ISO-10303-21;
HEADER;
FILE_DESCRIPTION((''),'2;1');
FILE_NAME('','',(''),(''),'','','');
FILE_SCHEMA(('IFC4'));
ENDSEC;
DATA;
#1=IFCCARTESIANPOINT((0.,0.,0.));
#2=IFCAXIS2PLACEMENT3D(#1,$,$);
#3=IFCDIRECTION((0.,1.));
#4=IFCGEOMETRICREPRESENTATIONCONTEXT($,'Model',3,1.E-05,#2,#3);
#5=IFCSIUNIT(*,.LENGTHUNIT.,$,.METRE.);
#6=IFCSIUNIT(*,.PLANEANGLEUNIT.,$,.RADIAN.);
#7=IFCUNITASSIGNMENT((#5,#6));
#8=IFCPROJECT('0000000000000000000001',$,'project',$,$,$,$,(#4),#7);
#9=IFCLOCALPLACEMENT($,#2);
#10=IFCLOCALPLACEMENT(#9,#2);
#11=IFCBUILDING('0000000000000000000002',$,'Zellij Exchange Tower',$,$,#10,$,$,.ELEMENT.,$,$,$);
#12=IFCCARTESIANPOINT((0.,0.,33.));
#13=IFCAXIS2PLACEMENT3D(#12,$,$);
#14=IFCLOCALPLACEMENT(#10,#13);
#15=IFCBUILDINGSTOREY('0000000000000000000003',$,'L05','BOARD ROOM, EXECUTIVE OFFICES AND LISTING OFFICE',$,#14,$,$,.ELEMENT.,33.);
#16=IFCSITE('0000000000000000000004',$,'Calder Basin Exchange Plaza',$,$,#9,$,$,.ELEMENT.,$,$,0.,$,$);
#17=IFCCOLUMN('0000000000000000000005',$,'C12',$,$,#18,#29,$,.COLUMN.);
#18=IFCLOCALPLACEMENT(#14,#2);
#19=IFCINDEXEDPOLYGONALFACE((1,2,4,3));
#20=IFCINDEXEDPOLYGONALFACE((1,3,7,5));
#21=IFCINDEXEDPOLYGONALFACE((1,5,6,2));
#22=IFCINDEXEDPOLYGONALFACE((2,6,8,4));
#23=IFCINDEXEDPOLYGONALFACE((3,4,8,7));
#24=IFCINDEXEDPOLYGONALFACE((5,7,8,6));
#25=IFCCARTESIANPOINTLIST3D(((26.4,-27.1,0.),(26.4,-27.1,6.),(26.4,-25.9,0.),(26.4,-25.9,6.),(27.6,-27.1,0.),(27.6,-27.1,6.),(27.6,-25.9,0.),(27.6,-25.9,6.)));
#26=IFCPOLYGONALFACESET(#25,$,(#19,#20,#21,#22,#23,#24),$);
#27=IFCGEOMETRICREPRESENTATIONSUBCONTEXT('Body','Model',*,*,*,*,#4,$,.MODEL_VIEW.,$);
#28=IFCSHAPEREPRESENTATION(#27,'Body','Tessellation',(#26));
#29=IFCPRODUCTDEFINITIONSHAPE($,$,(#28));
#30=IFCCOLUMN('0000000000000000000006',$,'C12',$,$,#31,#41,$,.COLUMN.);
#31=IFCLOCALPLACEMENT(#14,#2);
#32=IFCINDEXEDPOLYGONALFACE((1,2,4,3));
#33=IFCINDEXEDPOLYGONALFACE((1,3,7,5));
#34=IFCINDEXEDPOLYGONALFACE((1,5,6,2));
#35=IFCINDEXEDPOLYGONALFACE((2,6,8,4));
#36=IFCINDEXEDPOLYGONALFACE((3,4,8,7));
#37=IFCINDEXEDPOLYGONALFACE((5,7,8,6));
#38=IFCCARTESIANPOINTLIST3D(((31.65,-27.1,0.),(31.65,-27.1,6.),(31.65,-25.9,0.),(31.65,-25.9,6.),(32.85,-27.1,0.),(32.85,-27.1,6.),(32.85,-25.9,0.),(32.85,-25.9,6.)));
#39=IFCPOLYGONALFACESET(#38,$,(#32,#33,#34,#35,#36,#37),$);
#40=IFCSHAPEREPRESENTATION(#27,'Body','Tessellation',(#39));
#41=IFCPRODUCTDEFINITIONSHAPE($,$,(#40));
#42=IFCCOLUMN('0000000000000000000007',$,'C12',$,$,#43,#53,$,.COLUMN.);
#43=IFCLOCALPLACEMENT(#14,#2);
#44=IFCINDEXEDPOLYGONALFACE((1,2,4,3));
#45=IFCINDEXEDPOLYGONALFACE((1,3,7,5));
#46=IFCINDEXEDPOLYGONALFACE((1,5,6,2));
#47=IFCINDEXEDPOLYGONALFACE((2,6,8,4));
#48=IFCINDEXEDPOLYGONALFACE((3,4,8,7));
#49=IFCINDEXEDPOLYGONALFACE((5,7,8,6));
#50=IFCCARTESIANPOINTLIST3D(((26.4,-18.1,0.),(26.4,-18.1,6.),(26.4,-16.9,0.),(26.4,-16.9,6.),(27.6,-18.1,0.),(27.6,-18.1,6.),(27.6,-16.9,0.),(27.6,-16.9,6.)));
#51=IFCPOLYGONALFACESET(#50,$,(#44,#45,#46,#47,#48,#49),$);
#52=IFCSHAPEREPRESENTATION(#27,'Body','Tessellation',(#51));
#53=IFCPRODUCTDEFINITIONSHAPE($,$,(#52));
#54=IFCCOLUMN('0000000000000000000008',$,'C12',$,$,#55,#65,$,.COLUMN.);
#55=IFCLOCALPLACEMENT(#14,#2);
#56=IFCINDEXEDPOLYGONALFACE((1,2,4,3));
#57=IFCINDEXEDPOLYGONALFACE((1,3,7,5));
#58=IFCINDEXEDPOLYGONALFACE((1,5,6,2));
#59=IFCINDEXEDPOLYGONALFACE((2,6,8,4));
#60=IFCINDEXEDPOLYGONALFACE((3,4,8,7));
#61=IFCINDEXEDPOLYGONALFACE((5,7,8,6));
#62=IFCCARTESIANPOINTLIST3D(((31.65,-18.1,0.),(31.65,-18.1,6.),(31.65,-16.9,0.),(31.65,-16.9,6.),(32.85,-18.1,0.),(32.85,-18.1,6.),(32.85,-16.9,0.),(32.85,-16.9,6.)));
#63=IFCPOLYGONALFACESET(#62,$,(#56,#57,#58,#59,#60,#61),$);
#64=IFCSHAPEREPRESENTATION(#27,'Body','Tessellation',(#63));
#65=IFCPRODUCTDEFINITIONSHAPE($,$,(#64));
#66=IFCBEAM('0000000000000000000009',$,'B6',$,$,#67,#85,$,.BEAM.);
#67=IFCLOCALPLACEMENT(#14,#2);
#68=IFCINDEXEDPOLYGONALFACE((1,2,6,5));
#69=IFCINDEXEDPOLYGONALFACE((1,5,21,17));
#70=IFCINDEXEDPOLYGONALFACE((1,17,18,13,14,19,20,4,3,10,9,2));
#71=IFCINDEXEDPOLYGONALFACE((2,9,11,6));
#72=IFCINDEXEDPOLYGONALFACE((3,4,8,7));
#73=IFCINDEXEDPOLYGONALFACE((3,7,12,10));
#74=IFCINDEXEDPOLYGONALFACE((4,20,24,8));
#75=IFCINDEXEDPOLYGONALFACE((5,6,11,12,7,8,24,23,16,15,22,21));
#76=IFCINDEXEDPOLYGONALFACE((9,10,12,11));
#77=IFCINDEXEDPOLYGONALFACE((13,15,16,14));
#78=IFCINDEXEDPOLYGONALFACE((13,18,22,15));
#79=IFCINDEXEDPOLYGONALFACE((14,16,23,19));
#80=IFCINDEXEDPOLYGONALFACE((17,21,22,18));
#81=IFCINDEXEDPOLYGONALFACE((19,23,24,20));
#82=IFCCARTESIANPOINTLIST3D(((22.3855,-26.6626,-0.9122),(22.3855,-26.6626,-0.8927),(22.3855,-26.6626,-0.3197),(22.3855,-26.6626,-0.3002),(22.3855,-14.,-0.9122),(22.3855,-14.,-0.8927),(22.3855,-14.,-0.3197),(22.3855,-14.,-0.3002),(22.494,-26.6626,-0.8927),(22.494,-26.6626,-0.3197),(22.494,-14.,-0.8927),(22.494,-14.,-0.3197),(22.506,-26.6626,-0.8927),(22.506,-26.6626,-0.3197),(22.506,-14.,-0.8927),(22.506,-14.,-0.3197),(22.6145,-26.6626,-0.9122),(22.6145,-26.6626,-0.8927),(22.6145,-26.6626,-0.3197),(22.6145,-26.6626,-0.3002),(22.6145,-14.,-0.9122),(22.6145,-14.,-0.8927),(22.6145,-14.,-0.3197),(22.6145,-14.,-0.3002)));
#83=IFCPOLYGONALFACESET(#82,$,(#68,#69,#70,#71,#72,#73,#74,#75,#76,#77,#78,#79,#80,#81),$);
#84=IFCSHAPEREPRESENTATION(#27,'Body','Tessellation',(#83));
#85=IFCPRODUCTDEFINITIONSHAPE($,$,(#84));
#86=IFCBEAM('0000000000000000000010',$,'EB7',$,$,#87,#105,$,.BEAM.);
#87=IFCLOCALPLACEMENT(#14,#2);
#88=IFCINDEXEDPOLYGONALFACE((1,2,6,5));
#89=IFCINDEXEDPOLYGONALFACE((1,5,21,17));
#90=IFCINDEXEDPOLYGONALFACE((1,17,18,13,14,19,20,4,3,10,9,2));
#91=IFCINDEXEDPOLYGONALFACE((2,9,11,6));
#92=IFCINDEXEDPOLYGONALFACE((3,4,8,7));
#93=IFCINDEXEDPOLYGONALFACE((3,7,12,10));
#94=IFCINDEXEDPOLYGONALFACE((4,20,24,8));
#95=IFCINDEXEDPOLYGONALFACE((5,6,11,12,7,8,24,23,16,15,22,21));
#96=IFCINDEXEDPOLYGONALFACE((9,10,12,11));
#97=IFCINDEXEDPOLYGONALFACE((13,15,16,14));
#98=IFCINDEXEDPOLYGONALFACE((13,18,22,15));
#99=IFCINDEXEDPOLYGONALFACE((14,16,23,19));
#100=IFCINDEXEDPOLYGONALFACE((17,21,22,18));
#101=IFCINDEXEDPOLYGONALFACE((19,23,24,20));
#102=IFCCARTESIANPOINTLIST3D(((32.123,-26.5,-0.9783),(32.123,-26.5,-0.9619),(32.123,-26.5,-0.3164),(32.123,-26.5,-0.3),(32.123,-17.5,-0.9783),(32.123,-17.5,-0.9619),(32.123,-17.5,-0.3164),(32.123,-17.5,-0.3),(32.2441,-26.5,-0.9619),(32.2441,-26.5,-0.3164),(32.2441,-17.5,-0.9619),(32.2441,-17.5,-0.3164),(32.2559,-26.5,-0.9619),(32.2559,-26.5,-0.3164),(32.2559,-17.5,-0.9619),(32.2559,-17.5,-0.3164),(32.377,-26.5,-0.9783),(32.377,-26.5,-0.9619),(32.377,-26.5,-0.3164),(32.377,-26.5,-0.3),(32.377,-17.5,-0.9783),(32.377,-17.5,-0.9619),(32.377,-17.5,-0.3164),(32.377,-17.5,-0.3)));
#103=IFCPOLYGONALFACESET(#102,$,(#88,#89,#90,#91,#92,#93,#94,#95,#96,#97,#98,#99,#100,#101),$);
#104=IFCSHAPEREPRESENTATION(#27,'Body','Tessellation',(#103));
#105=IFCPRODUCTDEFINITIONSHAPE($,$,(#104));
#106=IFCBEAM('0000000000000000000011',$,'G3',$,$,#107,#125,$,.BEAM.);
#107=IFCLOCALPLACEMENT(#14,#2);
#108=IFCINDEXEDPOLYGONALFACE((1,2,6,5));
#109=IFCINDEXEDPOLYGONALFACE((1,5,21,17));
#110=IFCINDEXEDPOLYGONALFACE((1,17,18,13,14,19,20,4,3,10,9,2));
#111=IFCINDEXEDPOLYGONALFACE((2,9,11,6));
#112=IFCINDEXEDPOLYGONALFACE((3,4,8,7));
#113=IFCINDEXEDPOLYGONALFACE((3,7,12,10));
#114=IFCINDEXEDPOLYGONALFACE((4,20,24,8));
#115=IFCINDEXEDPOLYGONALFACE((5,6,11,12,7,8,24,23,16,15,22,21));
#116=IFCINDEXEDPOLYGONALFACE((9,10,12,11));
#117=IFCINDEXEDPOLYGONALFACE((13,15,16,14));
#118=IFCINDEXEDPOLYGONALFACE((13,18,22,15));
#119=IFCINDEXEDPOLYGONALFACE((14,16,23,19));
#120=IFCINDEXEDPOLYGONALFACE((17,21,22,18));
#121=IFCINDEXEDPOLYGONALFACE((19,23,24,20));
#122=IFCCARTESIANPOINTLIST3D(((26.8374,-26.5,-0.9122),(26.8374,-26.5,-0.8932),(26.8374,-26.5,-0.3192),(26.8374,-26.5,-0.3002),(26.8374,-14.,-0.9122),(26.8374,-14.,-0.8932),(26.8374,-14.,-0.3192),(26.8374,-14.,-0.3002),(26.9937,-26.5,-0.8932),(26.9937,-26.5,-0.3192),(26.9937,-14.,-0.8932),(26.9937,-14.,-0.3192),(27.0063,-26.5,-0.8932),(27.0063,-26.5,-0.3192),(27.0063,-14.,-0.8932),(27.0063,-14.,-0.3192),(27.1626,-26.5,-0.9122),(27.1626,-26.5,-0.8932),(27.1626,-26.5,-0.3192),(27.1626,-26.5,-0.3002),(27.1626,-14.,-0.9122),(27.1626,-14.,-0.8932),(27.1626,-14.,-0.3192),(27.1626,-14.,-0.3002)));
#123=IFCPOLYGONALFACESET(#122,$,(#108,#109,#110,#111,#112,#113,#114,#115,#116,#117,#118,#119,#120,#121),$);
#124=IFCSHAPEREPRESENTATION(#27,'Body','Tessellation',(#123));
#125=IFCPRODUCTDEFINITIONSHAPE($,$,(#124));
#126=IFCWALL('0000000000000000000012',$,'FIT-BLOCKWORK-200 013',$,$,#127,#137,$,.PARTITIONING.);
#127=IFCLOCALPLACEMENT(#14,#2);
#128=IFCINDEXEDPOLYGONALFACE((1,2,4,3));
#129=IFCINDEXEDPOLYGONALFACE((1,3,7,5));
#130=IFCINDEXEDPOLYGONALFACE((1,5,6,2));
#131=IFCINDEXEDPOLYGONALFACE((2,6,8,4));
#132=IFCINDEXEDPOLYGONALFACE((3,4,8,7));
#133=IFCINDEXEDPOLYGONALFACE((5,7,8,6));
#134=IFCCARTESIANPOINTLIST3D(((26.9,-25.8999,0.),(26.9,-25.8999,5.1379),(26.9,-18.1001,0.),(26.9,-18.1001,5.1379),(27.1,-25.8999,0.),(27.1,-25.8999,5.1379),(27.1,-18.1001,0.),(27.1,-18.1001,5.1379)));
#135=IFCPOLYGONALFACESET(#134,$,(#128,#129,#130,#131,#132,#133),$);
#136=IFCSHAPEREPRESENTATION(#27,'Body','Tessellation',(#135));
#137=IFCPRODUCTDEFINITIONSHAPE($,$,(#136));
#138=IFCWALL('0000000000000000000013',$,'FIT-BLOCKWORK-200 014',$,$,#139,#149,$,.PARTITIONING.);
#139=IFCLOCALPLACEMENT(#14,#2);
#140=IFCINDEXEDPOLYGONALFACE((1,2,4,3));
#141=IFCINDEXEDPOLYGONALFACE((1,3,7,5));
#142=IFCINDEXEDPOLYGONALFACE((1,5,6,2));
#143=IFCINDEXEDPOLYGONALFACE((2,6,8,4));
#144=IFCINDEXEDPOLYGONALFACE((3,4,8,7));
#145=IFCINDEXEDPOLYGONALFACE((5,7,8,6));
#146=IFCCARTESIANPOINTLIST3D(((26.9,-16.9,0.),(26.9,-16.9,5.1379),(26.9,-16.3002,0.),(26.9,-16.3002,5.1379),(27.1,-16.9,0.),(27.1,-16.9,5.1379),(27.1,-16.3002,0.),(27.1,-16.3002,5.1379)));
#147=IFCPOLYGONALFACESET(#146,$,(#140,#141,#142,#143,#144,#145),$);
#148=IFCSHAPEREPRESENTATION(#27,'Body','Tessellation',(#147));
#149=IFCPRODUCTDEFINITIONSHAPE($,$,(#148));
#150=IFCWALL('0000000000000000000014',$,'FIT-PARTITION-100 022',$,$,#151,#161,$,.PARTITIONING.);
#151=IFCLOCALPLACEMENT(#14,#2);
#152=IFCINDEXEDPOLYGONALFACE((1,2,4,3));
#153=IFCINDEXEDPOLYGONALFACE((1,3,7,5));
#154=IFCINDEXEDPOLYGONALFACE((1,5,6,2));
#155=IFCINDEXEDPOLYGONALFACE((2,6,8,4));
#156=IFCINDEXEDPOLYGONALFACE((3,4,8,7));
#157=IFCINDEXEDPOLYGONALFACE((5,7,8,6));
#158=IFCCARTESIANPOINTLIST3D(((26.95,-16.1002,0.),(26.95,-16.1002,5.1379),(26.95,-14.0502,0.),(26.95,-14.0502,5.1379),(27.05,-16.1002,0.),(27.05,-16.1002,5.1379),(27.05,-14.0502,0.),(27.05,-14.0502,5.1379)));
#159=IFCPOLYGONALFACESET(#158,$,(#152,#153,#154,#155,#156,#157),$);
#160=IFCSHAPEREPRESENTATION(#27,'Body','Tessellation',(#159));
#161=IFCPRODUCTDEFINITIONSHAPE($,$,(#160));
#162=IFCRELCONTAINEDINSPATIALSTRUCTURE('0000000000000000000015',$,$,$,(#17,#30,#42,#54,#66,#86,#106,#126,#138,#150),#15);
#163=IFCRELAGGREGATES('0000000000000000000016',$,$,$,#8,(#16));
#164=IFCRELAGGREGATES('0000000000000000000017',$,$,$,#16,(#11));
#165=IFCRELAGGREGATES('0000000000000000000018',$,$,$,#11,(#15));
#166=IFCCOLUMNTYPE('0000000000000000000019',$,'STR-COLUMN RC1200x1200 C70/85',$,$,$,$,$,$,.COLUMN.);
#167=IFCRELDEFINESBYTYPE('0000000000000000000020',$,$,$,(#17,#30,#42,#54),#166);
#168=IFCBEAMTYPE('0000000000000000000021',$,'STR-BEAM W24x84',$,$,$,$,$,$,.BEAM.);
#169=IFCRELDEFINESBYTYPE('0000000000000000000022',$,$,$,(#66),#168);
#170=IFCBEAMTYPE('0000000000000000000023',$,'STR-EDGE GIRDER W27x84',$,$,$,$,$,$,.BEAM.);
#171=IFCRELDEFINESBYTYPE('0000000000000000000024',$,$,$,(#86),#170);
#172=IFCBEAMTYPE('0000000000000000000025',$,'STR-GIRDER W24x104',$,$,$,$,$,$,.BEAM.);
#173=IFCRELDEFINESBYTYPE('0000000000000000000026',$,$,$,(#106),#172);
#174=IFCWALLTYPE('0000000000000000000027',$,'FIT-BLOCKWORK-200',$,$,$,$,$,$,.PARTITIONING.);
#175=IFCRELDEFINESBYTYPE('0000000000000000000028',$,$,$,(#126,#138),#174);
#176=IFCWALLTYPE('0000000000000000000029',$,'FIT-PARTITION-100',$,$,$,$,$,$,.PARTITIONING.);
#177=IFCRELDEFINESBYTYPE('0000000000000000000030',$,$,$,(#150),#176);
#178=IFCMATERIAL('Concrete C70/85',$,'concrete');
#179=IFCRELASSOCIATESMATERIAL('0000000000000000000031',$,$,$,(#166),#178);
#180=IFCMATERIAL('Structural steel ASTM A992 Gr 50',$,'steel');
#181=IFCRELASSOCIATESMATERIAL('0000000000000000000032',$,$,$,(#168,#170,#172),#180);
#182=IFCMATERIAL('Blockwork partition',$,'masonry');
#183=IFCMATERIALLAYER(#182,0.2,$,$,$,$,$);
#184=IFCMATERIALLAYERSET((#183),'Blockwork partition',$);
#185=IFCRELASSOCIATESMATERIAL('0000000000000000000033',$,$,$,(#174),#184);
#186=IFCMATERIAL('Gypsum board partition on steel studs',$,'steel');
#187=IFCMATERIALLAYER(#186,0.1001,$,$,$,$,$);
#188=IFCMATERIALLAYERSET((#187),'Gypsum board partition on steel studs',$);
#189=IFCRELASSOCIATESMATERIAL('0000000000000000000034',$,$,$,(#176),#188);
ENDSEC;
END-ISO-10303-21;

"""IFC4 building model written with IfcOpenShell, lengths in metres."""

from ifc_helpers import new_model, si_unit, direction, frame, frame_2d, origin, origin_2d, place, context, subcontext, project, spatial, rectangle, i_section, extrude, material, layer, layer_set, material_profile, profile_set, type_object, element, save


model = new_model("IFC4")

# Units and contexts
model_context = context("Model", 3, precision=1e-05, world=origin(), true_north=direction((0.0, 1.0)))
body_context = subcontext(model_context, "Body", "Model", "MODEL_VIEW")
ifc_project = project(units=[si_unit("LENGTHUNIT", "METRE"), si_unit("PLANEANGLEUNIT", "RADIAN")], contexts=[model_context])

# Site, building, storey
site_placement = place(None, origin())
site = spatial("IfcSite", under=ifc_project, at=site_placement, Name="Calder Basin Exchange Plaza", CompositionType="ELEMENT", RefElevation=0.0)
building_placement = place(site_placement, origin())
building = spatial("IfcBuilding", under=site, at=building_placement, Name="Zellij Exchange Tower", CompositionType="ELEMENT")
storey_placement = place(building_placement, frame((0.0, 0.0, 33.0)))
storey = spatial("IfcBuildingStorey", under=building, at=storey_placement, Name="L05", Description="BOARD ROOM, EXECUTIVE OFFICES AND LISTING OFFICE", CompositionType="ELEMENT", Elevation=33.0)

# Columns
ifc_material_1 = material(Name="Concrete C70/85", Category="concrete")
ifc_material_profile_1 = material_profile(ifc_material_1, rectangle(XDim=1.2, YDim=1.2, at=origin_2d()), Name="STR-COLUMN RC1200x1200 C70/85")
ifc_profile_set_1 = profile_set([ifc_material_profile_1], Name="Concrete C70/85")
column_type = type_object("IfcColumnType", Name="STR-COLUMN RC1200x1200 C70/85", PredefinedType="COLUMN", material=ifc_profile_set_1)
for number, where, z_axis, x_axis, name in (
    (1, (27.0, -26.5, 0.0), (0.0, 0.0, 1.0), (1.0, 0.0, 0.0), "C12"),
    (2, (32.25, -26.5, 0.0), (0.0, 0.0, 1.0), (1.0, 0.0, 0.0), "C12"),
    (3, (27.0, -17.5, 0.0), (0.0, 0.0, 1.0), (1.0, 0.0, 0.0), "C12"),
    (4, (32.25, -17.5, 0.0), (0.0, 0.0, 1.0), (1.0, 0.0, 0.0), "C12"),
):
    element("IfcColumn", number, at=place(storey_placement, frame(where, z_axis=z_axis, x_axis=x_axis)), inside=storey, type_object=column_type, Name=name, PredefinedType="COLUMN", context=body_context, shape_type="SweptSolid", body=[
        extrude(rectangle(XDim=1.2, YDim=1.2, at=origin_2d()), origin(), (0.0, 0.0, 1.0), 6.0),
    ])

# Beams
ifc_material_2 = material(Name="Structural steel ASTM A992 Gr 50", Category="steel")
ifc_material_profile_2 = material_profile(ifc_material_2, i_section(OverallWidth=0.229, OverallDepth=0.6121, WebThickness=0.012, FlangeThickness=0.0195, at=origin_2d()), Name="W24x84")
ifc_profile_set_2 = profile_set([ifc_material_profile_2], Name="Structural steel ASTM A992 Gr 50")
beam_type_1 = type_object("IfcBeamType", Name="STR-BEAM W24x84", PredefinedType="BEAM", material=ifc_profile_set_2)
beam_1_placement = place(storey_placement, frame((22.5, -26.6626, -0.6062), z_axis=(0.0, 1.0, 0.0), x_axis=(-1.0, 0.0, 0.0)))
element("IfcBeam", 5, at=beam_1_placement, inside=storey, type_object=beam_type_1, Name="B6", PredefinedType="BEAM", context=body_context, shape_type="SweptSolid", body=[
    extrude(i_section(OverallWidth=0.229, OverallDepth=0.6121, WebThickness=0.012, FlangeThickness=0.0195, at=origin_2d()), origin(), (0.0, 0.0, 1.0), 12.6626),
])
ifc_material_profile_3 = material_profile(ifc_material_2, i_section(OverallWidth=0.2539, OverallDepth=0.6782, WebThickness=0.0117, FlangeThickness=0.0164, at=origin_2d()), Name="W27x84")
ifc_profile_set_3 = profile_set([ifc_material_profile_3], Name="Structural steel ASTM A992 Gr 50")
beam_type_2 = type_object("IfcBeamType", Name="STR-EDGE GIRDER W27x84", PredefinedType="BEAM", material=ifc_profile_set_3)
beam_2_placement = place(storey_placement, frame((32.25, -26.5, -0.6392), z_axis=(0.0, 1.0, 0.0), x_axis=(-1.0, 0.0, 0.0)))
element("IfcBeam", 6, at=beam_2_placement, inside=storey, type_object=beam_type_2, Name="EB7", PredefinedType="BEAM", context=body_context, shape_type="SweptSolid", body=[
    extrude(i_section(OverallWidth=0.2539, OverallDepth=0.6782, WebThickness=0.0117, FlangeThickness=0.0164, at=origin_2d()), origin(), (0.0, 0.0, 1.0), 9.0),
])
ifc_material_profile_4 = material_profile(ifc_material_2, i_section(OverallWidth=0.3252, OverallDepth=0.6121, WebThickness=0.0127, FlangeThickness=0.019, at=origin_2d()), Name="W24x104")
ifc_profile_set_4 = profile_set([ifc_material_profile_4], Name="Structural steel ASTM A992 Gr 50")
beam_type_3 = type_object("IfcBeamType", Name="STR-GIRDER W24x104", PredefinedType="BEAM", material=ifc_profile_set_4)
beam_3_placement = place(storey_placement, frame((27.0, -26.5, -0.6062), z_axis=(0.0, 1.0, 0.0), x_axis=(-1.0, 0.0, 0.0)))
element("IfcBeam", 7, at=beam_3_placement, inside=storey, type_object=beam_type_3, Name="G3", PredefinedType="BEAM", context=body_context, shape_type="SweptSolid", body=[
    extrude(i_section(OverallWidth=0.3252, OverallDepth=0.6121, WebThickness=0.0127, FlangeThickness=0.019, at=origin_2d()), origin(), (0.0, 0.0, 1.0), 12.5),
])

# Walls
ifc_material_3 = material(Name="Blockwork partition", Category="masonry")
ifc_layer_1 = layer(ifc_material_3, 0.2)
ifc_layer_set_1 = layer_set([ifc_layer_1], Name="Blockwork partition")
wall_type_1 = type_object("IfcWallType", Name="FIT-BLOCKWORK-200", PredefinedType="PARTITIONING", material=ifc_layer_set_1)
wall_1_placement = place(storey_placement, frame((27.0, -25.8999, 0.0), z_axis=(0.0, 0.0, 1.0), x_axis=(0.0, 1.0, 0.0)))
element("IfcWall", 8, at=wall_1_placement, inside=storey, type_object=wall_type_1, Name="FIT-BLOCKWORK-200 013", PredefinedType="PARTITIONING", context=body_context, shape_type="SweptSolid", body=[
    extrude(rectangle(XDim=7.7998, YDim=0.2, at=frame_2d((3.8999, 0.0))), origin(), (0.0, 0.0, 1.0), 5.1379),
])
wall_2_placement = place(storey_placement, frame((27.0, -16.8999, 0.0), z_axis=(0.0, 0.0, 1.0), x_axis=(0.0, 1.0, 0.0)))
element("IfcWall", 9, at=wall_2_placement, inside=storey, type_object=wall_type_1, Name="FIT-BLOCKWORK-200 014", PredefinedType="PARTITIONING", context=body_context, shape_type="SweptSolid", body=[
    extrude(rectangle(XDim=0.5999, YDim=0.2, at=frame_2d((0.2998, 0.0))), origin(), (0.0, 0.0, 1.0), 5.1379),
])
ifc_material_4 = material(Name="Gypsum board partition on steel studs", Category="steel")
ifc_layer_2 = layer(ifc_material_4, 0.1001)
ifc_layer_set_2 = layer_set([ifc_layer_2], Name="Gypsum board partition on steel studs")
wall_type_2 = type_object("IfcWallType", Name="FIT-PARTITION-100", PredefinedType="PARTITIONING", material=ifc_layer_set_2)
wall_3_placement = place(storey_placement, frame((27.0, -16.1001, 0.0), z_axis=(0.0, 0.0, 1.0), x_axis=(0.0, 1.0, 0.0)))
element("IfcWall", 10, at=wall_3_placement, inside=storey, type_object=wall_type_2, Name="FIT-PARTITION-100 022", PredefinedType="PARTITIONING", context=body_context, shape_type="SweptSolid", body=[
    extrude(rectangle(XDim=2.05, YDim=0.1001, at=frame_2d((1.0249, 0.0))), origin(), (0.0, 0.0, 1.0), 5.1379),
])

save(model, "model.ifc")
